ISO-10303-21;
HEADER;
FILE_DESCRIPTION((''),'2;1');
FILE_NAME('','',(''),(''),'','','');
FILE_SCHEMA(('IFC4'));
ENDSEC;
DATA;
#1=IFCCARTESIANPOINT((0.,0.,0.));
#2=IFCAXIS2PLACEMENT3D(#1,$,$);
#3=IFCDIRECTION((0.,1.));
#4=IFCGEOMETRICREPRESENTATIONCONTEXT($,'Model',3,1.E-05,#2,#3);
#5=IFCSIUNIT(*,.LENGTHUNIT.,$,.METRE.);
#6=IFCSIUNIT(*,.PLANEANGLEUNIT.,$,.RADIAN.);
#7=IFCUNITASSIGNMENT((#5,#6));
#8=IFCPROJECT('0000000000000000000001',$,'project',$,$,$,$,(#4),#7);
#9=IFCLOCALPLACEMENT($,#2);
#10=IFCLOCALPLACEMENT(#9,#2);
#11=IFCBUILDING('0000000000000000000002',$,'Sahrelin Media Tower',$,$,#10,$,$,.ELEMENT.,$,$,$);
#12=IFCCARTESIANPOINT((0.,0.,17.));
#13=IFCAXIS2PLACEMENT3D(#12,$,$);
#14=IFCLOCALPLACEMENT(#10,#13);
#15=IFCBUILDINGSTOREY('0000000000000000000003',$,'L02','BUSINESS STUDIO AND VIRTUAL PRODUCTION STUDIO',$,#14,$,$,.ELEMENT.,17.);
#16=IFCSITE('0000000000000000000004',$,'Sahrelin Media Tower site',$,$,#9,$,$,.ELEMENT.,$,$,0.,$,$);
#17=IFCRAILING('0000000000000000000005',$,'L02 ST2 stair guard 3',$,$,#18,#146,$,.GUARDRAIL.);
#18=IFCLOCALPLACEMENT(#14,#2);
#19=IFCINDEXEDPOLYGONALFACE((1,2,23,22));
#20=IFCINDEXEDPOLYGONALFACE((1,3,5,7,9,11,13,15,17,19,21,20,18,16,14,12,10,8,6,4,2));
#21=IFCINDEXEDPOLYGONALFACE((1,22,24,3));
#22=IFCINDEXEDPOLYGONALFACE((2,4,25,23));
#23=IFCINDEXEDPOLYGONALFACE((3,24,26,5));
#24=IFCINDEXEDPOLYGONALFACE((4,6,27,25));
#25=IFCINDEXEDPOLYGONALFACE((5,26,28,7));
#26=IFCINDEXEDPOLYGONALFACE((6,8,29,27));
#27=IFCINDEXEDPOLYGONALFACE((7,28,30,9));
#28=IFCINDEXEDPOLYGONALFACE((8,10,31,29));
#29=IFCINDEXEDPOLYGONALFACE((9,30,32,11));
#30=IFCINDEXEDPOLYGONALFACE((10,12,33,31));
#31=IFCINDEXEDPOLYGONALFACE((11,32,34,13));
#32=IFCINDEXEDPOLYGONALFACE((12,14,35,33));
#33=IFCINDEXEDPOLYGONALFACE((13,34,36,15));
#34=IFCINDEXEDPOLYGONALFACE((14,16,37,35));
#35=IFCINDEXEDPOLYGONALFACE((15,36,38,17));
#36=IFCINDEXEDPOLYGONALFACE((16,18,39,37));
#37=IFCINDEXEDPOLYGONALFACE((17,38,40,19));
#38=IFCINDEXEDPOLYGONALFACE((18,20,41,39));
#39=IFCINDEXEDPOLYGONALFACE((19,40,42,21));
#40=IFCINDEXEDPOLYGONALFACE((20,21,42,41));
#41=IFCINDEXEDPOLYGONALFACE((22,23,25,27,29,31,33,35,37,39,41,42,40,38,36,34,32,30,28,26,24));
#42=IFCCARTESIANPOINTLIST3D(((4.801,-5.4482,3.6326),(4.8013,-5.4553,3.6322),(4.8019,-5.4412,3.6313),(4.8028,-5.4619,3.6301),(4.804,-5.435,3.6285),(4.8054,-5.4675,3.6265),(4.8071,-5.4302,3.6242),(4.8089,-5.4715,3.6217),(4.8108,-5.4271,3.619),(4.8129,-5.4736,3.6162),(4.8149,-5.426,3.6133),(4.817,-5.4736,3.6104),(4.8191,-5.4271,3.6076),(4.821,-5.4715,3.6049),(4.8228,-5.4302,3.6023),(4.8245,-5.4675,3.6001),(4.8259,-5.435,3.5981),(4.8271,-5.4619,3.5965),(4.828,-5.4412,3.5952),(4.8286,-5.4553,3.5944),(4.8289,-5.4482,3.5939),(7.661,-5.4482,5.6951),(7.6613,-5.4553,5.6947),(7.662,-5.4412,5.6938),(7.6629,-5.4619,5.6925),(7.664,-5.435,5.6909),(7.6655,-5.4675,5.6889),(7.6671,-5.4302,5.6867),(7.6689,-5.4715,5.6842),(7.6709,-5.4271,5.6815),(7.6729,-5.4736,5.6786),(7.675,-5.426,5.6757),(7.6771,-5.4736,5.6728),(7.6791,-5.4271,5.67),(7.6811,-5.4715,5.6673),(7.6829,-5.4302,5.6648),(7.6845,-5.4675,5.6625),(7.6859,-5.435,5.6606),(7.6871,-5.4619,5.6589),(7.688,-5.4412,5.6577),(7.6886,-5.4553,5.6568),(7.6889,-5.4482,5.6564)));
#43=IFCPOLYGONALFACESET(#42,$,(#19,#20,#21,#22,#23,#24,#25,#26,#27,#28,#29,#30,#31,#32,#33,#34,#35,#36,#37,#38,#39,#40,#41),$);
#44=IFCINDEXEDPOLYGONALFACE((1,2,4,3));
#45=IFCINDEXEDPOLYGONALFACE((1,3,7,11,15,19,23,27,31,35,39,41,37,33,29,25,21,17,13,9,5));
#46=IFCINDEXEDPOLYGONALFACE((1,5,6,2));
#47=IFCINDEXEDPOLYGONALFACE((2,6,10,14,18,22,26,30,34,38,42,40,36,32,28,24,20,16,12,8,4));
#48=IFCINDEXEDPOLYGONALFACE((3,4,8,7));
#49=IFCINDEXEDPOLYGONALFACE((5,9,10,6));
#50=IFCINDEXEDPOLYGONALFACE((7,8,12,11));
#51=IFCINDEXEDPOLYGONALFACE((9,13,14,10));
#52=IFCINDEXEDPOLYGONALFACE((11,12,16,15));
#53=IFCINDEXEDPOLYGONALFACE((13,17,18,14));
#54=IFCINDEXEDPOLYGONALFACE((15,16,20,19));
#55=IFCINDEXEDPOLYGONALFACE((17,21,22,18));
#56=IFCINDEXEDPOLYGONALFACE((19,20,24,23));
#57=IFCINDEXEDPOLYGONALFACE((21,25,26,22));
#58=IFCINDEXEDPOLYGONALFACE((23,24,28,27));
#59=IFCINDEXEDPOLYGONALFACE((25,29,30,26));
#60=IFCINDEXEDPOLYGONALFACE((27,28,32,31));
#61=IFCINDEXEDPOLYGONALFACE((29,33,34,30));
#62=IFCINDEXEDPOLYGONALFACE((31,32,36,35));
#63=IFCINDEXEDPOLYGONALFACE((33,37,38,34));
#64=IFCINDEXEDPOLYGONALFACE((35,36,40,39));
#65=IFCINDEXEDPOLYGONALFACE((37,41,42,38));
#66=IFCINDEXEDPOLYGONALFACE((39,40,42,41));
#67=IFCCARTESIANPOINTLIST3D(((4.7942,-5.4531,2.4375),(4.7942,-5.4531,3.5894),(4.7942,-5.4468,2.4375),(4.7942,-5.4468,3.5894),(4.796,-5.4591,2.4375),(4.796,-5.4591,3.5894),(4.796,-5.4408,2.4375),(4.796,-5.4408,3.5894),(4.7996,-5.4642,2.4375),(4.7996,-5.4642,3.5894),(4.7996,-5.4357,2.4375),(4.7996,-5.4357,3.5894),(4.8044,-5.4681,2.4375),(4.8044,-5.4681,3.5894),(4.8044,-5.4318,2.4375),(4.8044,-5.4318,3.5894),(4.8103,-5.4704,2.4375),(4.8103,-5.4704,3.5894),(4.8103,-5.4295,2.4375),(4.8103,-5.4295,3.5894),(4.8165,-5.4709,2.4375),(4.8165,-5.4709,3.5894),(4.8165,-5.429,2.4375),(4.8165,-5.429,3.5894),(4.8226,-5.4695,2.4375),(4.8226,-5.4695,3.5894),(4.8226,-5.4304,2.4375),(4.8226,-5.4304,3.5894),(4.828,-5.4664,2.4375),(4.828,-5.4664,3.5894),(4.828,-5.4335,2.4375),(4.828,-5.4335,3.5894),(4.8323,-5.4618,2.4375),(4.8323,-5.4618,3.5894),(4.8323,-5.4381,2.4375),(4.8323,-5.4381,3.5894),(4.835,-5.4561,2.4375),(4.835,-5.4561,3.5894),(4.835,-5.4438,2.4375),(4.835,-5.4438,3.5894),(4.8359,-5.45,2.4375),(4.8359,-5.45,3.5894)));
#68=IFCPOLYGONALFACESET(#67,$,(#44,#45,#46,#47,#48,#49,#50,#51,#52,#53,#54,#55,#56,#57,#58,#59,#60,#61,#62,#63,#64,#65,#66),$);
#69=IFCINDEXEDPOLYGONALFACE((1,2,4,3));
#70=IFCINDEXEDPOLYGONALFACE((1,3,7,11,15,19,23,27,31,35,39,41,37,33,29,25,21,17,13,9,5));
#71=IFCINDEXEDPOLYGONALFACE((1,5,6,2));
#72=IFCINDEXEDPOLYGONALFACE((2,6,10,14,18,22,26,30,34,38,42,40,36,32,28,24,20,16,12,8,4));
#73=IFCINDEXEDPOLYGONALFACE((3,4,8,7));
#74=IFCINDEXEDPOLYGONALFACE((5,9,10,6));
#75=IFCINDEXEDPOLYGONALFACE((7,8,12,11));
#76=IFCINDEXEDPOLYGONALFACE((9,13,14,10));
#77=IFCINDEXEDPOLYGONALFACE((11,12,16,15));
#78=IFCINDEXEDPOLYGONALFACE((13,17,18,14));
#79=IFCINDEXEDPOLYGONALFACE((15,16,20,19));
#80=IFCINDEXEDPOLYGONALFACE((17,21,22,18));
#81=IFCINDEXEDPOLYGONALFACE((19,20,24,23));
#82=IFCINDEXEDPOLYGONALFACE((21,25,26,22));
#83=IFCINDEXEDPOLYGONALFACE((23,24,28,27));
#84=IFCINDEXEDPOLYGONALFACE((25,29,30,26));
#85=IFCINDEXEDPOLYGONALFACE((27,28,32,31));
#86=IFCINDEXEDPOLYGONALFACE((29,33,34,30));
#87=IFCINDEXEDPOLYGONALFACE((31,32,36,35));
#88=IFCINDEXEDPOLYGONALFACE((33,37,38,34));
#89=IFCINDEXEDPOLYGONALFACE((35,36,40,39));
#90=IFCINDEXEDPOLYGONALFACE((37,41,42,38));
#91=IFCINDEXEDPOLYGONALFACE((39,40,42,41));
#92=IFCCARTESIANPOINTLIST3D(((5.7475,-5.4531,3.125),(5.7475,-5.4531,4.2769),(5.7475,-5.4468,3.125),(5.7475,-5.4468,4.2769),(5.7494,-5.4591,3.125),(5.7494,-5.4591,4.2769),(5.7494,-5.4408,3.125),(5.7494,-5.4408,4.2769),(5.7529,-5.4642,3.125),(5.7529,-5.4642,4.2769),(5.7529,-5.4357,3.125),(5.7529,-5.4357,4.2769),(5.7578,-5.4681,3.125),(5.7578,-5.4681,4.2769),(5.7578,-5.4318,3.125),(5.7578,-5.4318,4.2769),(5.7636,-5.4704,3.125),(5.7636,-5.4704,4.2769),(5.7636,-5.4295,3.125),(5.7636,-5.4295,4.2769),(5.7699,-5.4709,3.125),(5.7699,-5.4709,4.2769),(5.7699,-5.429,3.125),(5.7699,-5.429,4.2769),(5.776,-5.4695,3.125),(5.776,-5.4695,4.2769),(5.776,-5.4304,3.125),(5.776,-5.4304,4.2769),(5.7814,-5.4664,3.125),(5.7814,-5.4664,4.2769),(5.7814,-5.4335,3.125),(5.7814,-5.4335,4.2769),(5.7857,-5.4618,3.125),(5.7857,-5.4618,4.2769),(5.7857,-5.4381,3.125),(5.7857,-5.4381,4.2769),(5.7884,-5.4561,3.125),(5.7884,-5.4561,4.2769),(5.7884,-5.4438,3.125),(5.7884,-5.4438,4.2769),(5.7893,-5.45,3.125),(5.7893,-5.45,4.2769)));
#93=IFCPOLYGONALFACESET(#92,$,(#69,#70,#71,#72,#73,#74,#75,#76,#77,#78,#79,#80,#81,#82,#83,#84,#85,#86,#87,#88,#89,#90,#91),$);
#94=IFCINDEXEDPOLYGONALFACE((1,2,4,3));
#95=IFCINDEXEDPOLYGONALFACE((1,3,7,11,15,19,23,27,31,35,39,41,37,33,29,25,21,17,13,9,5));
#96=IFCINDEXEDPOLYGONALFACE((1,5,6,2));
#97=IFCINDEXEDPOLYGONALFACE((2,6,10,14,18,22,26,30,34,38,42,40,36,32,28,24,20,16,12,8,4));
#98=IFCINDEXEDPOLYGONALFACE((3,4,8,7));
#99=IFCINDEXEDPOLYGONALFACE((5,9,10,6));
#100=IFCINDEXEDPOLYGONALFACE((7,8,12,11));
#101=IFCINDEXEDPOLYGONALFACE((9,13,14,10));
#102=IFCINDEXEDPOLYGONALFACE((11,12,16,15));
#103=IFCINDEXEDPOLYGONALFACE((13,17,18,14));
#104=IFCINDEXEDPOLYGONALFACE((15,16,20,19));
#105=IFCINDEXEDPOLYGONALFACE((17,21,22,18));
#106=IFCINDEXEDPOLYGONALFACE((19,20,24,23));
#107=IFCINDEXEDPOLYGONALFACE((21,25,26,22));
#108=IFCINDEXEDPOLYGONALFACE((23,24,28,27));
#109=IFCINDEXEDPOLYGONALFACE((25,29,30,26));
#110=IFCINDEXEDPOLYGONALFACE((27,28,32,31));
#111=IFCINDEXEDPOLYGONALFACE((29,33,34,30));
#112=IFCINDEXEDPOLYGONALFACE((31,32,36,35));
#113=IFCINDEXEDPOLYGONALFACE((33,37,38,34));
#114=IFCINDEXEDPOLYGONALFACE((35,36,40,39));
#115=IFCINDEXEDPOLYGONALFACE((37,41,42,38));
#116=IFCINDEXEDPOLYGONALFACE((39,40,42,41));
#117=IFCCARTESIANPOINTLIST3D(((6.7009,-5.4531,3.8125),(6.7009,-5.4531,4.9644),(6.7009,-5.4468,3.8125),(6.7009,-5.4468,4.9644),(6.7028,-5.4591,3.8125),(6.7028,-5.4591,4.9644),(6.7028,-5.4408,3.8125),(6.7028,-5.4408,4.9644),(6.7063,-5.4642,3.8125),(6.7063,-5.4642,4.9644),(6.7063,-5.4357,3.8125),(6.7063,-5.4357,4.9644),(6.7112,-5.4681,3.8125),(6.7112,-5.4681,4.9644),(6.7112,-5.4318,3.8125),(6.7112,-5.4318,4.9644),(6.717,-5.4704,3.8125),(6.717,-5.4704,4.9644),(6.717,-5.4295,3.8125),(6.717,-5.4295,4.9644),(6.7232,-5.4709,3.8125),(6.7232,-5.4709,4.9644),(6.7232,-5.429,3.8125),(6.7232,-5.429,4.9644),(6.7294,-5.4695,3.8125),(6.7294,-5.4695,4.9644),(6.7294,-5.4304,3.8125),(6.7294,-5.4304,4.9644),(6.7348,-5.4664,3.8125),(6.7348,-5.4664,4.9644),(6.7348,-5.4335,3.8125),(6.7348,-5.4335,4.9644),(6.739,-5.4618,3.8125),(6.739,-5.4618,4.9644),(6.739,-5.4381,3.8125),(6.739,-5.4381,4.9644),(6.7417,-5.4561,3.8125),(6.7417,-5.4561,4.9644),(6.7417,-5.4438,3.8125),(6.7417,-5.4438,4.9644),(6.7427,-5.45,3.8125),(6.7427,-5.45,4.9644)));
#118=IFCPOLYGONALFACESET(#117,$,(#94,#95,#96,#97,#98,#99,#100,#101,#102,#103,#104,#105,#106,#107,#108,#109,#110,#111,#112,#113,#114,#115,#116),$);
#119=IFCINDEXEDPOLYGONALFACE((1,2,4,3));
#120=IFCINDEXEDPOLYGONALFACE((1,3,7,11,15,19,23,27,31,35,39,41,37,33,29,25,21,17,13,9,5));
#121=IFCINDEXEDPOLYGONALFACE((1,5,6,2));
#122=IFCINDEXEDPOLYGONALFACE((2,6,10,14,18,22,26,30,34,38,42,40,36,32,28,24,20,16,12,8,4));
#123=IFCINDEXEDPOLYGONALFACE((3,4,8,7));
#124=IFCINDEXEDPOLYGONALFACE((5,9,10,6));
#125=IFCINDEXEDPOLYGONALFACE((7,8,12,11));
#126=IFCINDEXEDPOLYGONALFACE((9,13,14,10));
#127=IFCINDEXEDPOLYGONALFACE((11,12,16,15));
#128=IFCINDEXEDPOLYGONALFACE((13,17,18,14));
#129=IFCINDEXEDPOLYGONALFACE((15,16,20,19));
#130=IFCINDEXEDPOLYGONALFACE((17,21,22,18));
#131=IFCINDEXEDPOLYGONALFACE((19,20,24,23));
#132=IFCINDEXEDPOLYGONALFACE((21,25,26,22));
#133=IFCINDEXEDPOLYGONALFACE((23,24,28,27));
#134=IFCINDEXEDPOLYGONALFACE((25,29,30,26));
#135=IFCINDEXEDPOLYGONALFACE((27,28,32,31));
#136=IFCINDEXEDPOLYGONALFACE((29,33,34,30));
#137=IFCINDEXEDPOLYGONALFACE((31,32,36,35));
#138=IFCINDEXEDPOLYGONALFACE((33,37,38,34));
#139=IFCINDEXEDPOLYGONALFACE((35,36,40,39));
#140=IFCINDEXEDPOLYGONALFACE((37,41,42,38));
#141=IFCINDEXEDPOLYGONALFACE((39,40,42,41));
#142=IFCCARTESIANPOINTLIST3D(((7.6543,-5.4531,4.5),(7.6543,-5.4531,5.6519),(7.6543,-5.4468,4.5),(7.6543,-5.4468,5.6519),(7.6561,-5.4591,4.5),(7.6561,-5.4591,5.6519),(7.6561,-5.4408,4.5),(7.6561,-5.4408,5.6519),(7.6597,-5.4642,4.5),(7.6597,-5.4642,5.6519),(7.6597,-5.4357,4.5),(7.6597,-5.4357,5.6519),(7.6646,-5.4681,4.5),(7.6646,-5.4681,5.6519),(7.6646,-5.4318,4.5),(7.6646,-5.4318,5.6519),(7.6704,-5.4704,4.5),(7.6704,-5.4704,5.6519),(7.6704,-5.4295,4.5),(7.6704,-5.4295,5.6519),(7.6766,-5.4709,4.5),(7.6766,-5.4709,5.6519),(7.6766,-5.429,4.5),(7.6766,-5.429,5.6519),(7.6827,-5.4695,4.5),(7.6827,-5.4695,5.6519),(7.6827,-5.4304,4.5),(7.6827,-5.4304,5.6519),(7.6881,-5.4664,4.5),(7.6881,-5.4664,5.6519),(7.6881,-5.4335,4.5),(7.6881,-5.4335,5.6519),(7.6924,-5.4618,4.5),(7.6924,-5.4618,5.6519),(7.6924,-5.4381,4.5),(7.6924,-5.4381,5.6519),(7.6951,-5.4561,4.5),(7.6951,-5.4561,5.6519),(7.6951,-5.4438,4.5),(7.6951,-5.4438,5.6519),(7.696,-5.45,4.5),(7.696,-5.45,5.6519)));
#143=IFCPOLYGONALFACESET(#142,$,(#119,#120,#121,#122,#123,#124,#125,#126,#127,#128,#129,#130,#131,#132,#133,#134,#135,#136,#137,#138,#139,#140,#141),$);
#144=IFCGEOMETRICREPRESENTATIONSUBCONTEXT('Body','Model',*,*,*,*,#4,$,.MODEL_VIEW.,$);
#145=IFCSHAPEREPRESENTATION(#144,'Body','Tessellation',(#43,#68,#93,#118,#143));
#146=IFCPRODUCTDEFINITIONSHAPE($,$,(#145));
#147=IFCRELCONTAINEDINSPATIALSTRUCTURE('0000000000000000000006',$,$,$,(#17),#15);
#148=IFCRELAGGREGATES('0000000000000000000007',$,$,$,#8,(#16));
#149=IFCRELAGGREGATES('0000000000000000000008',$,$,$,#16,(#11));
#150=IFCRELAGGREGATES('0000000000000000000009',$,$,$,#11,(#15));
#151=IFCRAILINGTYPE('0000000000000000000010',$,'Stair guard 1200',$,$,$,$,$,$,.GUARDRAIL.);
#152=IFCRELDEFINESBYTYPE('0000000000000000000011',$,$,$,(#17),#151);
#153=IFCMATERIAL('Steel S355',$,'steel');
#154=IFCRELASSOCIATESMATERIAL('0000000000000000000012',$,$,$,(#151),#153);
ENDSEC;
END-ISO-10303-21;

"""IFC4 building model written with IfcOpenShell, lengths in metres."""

from ifc_helpers import new_model, si_unit, direction, frame, origin, origin_2d, place, context, subcontext, project, spatial, circle, extrude, material, type_object, element, save


model = new_model("IFC4")

# Units and contexts
model_context = context("Model", 3, precision=1e-05, world=origin(), true_north=direction((0.0, 1.0)))
body_context = subcontext(model_context, "Body", "Model", "MODEL_VIEW")
ifc_project = project(units=[si_unit("LENGTHUNIT", "METRE"), si_unit("PLANEANGLEUNIT", "RADIAN")], contexts=[model_context])

# Site, building, storey
site_placement = place(None, origin())
site = spatial("IfcSite", under=ifc_project, at=site_placement, Name="Sahrelin Media Tower site", CompositionType="ELEMENT", RefElevation=0.0)
building_placement = place(site_placement, origin())
building = spatial("IfcBuilding", under=site, at=building_placement, Name="Sahrelin Media Tower", CompositionType="ELEMENT")
storey_placement = place(building_placement, frame((0.0, 0.0, 17.0)))
storey = spatial("IfcBuildingStorey", under=building, at=storey_placement, Name="L02", Description="BUSINESS STUDIO AND VIRTUAL PRODUCTION STUDIO", CompositionType="ELEMENT", Elevation=17.0)

# Railing
ifc_material_1 = material(Name="Steel S355", Category="steel")
railing_type_1 = type_object("IfcRailingType", Name="Stair guard 1200", PredefinedType="GUARDRAIL", material=ifc_material_1)
railing_1_placement = place(storey_placement, frame((4.8149, -5.45, 2.4375)))
element("IfcRailing", 1, at=railing_1_placement, inside=storey, type_object=railing_type_1, Name="L02 ST2 stair guard 3", PredefinedType="GUARDRAIL", context=body_context, shape_type="SweptSolid", body=[
    extrude(circle(Radius=0.0239, at=origin_2d()), frame((0.0, 0.0, 1.1758), z_axis=(0.811101, 0.0, 0.584906), x_axis=(0.0, 1.0, 0.0)), (0.0, 0.0, 1.0), 3.5261),
    extrude(circle(Radius=0.021, at=origin_2d()), origin(), (0.0, 0.0, 1.0), 1.1519),
    extrude(circle(Radius=0.021, at=origin_2d()), frame((0.9534, 0.0, 0.6875)), (0.0, 0.0, 1.0), 1.1519),
    extrude(circle(Radius=0.021, at=origin_2d()), frame((1.9067, 0.0, 1.375)), (0.0, 0.0, 1.0), 1.1519),
    extrude(circle(Radius=0.021, at=origin_2d()), frame((2.8601, 0.0, 2.0625)), (0.0, 0.0, 1.0), 1.1519),
])

save(model, "model.ifc")
